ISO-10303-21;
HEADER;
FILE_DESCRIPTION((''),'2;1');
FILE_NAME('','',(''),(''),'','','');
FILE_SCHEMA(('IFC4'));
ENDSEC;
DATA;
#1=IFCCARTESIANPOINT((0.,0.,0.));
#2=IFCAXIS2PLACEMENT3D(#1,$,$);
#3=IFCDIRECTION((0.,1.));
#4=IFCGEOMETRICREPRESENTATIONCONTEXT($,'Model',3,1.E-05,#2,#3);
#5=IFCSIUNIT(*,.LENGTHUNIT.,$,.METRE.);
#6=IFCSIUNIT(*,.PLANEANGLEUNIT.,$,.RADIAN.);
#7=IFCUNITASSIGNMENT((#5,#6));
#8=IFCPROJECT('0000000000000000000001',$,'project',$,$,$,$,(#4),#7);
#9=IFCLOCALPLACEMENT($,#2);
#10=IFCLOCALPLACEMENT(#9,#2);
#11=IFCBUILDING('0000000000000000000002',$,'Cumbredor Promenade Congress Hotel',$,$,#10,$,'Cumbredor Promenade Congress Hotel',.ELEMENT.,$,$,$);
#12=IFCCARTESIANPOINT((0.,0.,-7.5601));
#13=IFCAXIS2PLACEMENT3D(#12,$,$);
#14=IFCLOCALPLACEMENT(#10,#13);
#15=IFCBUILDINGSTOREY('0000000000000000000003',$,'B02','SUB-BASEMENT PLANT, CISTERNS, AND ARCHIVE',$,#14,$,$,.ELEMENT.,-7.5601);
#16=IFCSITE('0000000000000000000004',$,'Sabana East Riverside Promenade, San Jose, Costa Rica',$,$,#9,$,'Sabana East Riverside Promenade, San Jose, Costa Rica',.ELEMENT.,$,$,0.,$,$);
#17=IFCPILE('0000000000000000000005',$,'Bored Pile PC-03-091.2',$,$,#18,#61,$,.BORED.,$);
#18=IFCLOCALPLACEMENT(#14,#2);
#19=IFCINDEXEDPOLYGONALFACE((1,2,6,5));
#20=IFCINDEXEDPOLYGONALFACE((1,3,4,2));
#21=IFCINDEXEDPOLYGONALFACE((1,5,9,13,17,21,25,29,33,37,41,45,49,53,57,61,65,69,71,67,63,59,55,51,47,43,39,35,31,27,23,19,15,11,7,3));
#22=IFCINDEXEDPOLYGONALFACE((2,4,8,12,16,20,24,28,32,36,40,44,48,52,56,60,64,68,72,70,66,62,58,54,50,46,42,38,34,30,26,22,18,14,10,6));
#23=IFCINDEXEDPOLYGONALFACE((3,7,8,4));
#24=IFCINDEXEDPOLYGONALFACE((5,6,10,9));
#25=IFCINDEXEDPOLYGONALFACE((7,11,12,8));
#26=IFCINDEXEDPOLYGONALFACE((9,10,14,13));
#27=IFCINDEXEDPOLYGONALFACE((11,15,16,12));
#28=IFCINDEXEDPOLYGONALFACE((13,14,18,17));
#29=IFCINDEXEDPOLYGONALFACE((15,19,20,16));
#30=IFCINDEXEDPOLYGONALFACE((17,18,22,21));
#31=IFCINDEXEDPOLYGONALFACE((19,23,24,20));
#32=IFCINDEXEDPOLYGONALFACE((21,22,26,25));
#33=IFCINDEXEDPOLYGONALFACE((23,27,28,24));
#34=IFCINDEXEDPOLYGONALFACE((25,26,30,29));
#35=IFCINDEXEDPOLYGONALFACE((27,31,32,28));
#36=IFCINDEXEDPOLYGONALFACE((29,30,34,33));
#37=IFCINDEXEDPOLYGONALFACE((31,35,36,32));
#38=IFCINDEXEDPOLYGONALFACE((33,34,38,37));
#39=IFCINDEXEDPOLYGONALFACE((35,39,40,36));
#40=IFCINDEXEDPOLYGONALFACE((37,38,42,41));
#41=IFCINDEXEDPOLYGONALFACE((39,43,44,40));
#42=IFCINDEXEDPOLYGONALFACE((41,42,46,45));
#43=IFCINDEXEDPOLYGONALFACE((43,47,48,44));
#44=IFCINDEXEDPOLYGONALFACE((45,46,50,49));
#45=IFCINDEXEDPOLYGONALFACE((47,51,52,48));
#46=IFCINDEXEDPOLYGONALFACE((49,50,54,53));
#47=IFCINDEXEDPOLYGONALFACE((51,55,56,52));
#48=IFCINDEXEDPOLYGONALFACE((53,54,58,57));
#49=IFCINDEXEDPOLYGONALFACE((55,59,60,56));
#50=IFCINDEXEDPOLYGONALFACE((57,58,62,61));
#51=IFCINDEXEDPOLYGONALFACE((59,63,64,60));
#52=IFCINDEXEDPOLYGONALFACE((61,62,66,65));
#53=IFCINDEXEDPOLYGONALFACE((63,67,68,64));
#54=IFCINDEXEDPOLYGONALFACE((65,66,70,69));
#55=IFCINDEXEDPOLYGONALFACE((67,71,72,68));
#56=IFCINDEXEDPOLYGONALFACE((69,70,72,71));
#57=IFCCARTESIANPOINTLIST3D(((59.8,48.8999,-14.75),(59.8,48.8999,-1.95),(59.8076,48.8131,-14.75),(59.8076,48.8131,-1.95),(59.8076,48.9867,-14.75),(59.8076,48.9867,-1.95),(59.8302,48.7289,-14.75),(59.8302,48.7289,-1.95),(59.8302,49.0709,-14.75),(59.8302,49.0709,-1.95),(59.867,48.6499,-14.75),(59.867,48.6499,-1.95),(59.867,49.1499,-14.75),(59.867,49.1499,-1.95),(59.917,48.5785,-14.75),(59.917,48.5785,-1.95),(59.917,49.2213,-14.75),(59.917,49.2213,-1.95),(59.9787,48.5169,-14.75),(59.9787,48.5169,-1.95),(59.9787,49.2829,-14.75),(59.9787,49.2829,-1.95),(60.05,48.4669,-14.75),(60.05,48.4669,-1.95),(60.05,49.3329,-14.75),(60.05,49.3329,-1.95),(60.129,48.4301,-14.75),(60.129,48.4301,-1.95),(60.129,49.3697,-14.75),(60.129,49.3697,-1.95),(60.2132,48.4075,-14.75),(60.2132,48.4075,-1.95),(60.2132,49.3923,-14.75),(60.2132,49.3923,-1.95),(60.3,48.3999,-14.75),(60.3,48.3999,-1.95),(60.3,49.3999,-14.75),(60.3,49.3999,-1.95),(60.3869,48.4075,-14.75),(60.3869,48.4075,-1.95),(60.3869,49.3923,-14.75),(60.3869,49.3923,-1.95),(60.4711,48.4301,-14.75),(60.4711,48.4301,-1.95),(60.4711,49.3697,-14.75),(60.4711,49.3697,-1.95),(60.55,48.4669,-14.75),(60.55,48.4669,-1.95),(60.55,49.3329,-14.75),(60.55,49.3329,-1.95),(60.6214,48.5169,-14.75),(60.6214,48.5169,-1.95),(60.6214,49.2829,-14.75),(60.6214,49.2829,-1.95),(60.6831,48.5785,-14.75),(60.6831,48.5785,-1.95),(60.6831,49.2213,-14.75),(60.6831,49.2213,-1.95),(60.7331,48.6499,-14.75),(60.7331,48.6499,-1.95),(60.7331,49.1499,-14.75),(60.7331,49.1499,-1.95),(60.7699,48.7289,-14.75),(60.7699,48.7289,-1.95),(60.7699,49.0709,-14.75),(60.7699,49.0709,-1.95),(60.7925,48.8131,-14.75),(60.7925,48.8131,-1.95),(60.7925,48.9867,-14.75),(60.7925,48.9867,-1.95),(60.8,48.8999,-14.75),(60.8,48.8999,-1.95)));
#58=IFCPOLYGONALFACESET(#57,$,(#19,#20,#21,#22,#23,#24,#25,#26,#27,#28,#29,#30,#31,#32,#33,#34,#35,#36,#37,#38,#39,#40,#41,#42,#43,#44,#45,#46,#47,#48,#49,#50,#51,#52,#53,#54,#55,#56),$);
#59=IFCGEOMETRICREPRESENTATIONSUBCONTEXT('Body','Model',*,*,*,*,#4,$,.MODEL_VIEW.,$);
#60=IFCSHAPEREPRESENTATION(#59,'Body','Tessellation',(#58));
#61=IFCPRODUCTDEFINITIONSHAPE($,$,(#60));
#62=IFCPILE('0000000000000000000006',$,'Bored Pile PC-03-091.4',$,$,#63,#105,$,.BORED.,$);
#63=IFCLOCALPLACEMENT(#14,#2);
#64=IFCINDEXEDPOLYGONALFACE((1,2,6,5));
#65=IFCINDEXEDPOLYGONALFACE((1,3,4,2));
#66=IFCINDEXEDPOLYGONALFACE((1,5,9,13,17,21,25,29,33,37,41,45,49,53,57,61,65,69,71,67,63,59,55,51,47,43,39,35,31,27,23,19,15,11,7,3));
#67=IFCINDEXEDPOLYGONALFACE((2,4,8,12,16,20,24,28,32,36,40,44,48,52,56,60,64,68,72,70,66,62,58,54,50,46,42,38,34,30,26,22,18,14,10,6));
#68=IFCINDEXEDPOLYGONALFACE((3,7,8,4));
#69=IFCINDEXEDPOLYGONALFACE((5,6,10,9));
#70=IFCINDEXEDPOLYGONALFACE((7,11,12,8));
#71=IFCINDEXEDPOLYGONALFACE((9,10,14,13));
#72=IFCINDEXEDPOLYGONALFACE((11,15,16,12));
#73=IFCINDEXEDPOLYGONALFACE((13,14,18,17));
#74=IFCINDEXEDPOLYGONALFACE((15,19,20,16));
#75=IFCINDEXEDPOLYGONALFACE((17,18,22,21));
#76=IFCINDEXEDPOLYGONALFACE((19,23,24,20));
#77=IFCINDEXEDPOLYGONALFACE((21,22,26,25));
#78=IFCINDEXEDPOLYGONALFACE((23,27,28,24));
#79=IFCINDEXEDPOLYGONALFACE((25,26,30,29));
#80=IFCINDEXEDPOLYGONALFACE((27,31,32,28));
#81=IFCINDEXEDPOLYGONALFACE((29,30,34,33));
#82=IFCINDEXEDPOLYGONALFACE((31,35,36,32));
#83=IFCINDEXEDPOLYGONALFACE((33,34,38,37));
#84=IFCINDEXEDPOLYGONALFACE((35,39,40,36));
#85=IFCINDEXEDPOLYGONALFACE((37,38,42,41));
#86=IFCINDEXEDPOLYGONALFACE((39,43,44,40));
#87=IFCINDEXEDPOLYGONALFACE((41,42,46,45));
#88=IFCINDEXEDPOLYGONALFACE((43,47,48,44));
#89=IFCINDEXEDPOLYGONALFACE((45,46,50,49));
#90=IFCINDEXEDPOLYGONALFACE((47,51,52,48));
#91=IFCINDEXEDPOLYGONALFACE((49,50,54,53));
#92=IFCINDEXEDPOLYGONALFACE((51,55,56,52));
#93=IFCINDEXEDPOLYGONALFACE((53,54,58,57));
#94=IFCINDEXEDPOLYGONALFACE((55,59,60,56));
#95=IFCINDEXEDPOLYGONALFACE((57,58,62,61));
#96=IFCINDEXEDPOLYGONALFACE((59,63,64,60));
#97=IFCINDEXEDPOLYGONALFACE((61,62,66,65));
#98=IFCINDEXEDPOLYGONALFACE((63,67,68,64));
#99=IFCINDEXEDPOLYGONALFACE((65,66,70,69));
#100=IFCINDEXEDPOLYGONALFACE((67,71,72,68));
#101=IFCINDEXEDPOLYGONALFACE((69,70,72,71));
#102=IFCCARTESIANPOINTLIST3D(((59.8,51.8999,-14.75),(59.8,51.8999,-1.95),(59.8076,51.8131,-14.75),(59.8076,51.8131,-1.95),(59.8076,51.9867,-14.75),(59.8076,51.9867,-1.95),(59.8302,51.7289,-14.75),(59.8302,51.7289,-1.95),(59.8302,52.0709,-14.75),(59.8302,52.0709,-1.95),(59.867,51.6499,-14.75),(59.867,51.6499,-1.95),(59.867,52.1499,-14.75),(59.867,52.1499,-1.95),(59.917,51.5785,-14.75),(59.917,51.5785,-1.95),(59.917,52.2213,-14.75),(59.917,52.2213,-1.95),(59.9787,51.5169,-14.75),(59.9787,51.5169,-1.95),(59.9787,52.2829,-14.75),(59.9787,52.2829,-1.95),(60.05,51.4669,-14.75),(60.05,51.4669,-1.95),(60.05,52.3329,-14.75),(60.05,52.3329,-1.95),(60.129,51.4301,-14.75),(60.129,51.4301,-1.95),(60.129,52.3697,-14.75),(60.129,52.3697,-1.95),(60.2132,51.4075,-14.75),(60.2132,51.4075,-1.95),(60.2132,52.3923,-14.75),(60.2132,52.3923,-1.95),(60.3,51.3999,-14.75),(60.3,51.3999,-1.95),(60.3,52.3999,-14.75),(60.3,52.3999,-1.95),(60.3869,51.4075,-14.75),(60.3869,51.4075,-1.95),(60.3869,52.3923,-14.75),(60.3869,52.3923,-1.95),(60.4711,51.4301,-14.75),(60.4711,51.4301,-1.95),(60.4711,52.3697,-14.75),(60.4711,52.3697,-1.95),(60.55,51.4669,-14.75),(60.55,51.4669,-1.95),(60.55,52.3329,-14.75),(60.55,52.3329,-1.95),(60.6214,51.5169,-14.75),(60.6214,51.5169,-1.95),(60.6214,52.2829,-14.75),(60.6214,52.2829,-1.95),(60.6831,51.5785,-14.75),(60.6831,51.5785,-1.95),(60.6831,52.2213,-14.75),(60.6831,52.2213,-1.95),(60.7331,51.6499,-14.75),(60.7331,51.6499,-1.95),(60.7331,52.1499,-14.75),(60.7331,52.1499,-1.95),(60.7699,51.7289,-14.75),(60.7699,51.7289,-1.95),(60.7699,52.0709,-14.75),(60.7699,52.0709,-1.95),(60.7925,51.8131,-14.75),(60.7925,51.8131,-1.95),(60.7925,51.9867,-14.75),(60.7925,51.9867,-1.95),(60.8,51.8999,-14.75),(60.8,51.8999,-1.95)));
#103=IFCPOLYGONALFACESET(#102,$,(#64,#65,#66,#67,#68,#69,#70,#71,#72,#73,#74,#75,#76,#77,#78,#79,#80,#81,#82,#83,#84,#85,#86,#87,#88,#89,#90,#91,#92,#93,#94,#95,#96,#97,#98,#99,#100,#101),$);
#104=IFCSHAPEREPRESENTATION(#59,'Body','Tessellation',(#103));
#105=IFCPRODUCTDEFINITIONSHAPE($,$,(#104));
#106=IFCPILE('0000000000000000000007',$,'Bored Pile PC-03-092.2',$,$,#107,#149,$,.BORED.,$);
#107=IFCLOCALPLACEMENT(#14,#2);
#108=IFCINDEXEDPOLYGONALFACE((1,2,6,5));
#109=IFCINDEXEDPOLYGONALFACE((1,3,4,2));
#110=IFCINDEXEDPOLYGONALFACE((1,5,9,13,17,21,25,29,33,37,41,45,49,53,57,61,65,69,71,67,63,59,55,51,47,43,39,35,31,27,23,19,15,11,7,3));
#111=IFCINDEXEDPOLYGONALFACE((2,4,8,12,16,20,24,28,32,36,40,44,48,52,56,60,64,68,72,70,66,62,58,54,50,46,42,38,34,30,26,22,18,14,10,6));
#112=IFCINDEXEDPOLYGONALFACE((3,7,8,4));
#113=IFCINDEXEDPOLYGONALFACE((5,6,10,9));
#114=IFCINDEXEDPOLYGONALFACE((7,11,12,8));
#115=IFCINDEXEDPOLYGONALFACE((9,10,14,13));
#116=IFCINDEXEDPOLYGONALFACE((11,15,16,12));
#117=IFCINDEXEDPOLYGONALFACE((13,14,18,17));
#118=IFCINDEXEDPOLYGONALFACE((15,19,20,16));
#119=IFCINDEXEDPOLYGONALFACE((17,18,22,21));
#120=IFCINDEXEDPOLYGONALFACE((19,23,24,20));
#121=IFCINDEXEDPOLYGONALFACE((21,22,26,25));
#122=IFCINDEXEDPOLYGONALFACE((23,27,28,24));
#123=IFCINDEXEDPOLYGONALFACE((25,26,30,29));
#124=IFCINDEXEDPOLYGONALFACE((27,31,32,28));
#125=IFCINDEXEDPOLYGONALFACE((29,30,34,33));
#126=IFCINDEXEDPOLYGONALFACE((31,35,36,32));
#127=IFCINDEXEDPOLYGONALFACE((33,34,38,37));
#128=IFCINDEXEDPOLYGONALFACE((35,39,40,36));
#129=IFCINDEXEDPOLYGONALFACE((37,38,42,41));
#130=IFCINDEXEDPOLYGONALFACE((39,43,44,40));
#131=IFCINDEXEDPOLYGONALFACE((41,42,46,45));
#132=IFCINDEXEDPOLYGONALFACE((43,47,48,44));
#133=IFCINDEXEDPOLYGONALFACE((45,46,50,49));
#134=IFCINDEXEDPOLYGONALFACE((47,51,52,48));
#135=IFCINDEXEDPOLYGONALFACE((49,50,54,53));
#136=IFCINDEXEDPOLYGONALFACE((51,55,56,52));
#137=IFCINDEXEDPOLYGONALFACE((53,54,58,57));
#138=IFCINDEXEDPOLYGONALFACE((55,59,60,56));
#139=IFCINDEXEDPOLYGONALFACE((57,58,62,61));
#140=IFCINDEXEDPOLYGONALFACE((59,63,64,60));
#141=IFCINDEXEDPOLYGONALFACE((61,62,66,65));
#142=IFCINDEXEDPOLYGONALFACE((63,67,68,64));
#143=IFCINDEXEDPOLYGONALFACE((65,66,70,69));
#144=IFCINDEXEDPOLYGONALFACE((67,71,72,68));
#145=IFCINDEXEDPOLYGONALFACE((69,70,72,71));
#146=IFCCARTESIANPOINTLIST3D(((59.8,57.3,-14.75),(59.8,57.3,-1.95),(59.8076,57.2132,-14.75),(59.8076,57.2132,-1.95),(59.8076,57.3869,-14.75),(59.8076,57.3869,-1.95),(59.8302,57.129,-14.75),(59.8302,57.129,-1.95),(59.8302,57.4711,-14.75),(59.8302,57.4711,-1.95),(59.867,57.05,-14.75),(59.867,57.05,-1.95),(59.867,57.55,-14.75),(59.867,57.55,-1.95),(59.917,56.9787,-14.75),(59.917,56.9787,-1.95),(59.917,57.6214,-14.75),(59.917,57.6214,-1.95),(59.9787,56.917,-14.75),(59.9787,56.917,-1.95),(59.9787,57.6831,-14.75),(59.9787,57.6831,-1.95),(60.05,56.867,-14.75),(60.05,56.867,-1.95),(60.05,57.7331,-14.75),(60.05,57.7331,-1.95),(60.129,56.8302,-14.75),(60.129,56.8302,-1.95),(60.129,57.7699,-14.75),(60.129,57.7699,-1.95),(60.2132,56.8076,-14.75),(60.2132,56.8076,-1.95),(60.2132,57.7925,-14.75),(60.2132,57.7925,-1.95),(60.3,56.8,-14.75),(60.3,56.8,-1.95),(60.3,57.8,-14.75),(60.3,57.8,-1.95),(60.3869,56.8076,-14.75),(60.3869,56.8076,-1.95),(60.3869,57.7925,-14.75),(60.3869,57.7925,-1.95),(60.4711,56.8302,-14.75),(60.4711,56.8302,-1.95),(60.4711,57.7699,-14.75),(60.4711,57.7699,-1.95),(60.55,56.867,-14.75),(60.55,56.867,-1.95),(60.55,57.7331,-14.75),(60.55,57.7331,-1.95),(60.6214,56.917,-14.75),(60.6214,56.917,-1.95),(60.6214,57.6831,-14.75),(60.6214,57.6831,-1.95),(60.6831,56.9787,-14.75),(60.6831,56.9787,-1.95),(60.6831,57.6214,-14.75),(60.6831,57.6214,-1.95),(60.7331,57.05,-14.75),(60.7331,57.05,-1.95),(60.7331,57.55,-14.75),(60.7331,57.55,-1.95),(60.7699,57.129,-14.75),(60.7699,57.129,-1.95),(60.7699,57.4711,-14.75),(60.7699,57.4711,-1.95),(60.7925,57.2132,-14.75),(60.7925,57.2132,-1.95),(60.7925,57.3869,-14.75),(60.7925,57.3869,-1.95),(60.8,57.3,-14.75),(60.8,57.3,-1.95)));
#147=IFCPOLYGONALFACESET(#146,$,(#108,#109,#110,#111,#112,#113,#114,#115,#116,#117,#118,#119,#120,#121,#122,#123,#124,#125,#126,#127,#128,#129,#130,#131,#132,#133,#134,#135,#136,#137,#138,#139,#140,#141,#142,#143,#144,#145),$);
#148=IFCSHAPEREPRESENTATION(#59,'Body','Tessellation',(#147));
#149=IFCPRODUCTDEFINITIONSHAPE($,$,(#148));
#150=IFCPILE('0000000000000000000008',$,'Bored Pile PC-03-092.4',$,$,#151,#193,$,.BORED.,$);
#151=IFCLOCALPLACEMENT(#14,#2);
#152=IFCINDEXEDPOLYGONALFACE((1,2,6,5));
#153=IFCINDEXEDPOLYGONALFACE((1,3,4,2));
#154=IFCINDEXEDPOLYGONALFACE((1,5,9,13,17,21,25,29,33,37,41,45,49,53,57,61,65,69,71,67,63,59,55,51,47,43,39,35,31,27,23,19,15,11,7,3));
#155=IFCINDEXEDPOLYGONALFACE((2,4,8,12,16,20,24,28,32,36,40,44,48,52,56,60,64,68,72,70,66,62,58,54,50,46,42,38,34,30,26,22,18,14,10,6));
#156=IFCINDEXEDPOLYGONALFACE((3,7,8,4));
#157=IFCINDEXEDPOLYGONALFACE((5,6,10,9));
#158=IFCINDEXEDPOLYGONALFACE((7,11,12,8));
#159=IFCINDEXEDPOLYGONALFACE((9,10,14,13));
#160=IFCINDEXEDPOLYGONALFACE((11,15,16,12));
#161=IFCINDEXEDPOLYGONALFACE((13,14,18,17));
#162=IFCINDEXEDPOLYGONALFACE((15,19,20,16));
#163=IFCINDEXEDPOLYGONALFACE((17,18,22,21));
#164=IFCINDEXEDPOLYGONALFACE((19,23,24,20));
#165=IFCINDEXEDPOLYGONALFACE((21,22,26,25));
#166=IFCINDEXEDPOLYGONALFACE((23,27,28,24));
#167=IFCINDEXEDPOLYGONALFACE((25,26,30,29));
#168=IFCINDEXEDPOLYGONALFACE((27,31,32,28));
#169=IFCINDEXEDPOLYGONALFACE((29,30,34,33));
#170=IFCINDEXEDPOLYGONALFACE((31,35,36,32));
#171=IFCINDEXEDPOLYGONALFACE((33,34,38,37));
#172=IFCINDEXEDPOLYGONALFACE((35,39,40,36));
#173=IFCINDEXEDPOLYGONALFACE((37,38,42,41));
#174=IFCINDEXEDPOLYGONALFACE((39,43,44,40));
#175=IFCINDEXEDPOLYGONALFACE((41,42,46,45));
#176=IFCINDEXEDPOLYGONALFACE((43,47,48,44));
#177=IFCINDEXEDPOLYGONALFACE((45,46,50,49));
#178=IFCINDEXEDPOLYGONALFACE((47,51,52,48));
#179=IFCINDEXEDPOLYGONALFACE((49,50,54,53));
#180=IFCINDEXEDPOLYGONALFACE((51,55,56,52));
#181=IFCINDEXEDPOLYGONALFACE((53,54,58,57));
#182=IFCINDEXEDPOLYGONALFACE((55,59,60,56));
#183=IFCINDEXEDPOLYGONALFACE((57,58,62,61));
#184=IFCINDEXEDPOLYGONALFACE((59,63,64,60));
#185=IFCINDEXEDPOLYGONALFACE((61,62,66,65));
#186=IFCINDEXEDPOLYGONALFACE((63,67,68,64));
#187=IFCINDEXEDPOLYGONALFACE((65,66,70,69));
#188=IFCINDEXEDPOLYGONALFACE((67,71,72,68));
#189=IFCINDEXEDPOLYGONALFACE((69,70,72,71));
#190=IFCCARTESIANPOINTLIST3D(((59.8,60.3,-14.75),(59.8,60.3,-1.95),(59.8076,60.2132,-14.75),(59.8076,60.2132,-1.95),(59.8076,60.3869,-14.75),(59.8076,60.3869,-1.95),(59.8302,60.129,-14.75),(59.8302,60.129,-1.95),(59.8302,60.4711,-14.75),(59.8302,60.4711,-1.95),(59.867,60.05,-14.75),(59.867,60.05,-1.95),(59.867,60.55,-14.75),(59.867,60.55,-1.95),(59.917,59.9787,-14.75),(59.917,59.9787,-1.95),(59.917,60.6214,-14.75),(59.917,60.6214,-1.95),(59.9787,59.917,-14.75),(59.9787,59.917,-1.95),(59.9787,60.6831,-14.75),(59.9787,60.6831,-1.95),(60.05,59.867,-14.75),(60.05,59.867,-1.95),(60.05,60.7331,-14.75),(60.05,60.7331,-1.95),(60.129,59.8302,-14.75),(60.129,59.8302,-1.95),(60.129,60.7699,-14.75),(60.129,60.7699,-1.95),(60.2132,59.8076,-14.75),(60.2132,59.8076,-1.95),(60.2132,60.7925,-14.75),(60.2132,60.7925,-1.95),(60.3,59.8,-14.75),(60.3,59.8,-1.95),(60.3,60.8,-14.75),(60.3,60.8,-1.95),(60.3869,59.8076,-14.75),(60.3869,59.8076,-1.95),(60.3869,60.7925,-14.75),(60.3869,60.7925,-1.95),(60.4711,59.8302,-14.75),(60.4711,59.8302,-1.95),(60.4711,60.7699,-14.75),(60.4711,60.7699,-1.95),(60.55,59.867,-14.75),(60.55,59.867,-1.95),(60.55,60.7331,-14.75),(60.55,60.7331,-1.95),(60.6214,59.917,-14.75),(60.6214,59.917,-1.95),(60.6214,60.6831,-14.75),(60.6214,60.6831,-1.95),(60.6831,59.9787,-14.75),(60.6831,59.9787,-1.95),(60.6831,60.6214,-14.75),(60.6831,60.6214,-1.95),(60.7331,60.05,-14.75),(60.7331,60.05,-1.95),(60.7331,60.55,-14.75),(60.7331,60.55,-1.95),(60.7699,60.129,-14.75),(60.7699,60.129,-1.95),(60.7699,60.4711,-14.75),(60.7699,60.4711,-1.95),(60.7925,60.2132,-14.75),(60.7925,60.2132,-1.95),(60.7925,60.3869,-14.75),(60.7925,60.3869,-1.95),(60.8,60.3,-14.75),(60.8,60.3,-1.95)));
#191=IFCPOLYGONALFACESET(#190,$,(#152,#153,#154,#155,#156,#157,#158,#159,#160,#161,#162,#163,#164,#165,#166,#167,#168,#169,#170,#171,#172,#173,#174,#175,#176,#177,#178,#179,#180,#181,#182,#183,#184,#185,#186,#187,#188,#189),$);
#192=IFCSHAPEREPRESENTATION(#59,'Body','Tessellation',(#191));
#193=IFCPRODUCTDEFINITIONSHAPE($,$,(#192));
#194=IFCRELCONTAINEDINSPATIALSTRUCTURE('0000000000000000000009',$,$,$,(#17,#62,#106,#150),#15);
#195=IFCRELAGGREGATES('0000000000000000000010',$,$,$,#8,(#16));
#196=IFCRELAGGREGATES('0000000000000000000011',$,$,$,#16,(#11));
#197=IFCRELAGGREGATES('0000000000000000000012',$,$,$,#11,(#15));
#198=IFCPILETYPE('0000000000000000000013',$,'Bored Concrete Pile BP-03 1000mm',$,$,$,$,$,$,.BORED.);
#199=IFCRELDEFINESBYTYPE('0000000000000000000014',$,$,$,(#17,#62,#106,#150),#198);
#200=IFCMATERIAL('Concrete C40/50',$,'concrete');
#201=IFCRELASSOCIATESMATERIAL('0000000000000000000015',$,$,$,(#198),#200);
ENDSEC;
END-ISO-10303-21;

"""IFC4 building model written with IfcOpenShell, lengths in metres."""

from ifc_helpers import new_model, si_unit, direction, frame, origin, origin_2d, place, context, subcontext, project, spatial, circle, extrude, material, material_profile, profile_set, type_object, element, save


model = new_model("IFC4")

# Units and contexts
model_context = context("Model", 3, precision=1e-05, world=origin(), true_north=direction((0.0, 1.0)))
body_context = subcontext(model_context, "Body", "Model", "MODEL_VIEW")
ifc_project = project(units=[si_unit("LENGTHUNIT", "METRE"), si_unit("PLANEANGLEUNIT", "RADIAN")], contexts=[model_context])

# Site, building, storey
site_placement = place(None, origin())
site = spatial("IfcSite", under=ifc_project, at=site_placement, Name="Sabana East Riverside Promenade, San Jose, Costa Rica", LongName="Sabana East Riverside Promenade, San Jose, Costa Rica", CompositionType="ELEMENT", RefElevation=0.0)
building_placement = place(site_placement, origin())
building = spatial("IfcBuilding", under=site, at=building_placement, Name="Cumbredor Promenade Congress Hotel", LongName="Cumbredor Promenade Congress Hotel", CompositionType="ELEMENT")
storey_placement = place(building_placement, frame((0.0, 0.0, -7.5601)))
storey = spatial("IfcBuildingStorey", under=building, at=storey_placement, Name="B02", Description="SUB-BASEMENT PLANT, CISTERNS, AND ARCHIVE", CompositionType="ELEMENT", Elevation=-7.5601)

# Piles
ifc_material_1 = material(Name="Concrete C40/50", Category="concrete")
ifc_material_profile_1 = material_profile(ifc_material_1, circle(Radius=0.5, at=origin_2d()), Name="PILE D1000")
ifc_profile_set_1 = profile_set([ifc_material_profile_1], Name="Concrete C40/50")
pile_type = type_object("IfcPileType", Name="Bored Concrete Pile BP-03 1000mm", PredefinedType="BORED", material=ifc_profile_set_1)
for number, where, z_axis, x_axis, name in (
    (1, (60.3, 48.8999, -1.95), (0.0, 0.0, -1.0), (1.0, 0.0, 0.0), "Bored Pile PC-03-091.2"),
    (2, (60.3, 51.8999, -1.95), (0.0, 0.0, -1.0), (1.0, 0.0, 0.0), "Bored Pile PC-03-091.4"),
    (3, (60.3, 57.3, -1.95), (0.0, 0.0, -1.0), (1.0, 0.0, 0.0), "Bored Pile PC-03-092.2"),
    (4, (60.3, 60.3, -1.95), (0.0, 0.0, -1.0), (1.0, 0.0, 0.0), "Bored Pile PC-03-092.4"),
):
    element("IfcPile", number, at=place(storey_placement, frame(where, z_axis=z_axis, x_axis=x_axis)), inside=storey, type_object=pile_type, Name=name, PredefinedType="BORED", context=body_context, shape_type="SweptSolid", body=[
        extrude(circle(Radius=0.5, at=origin_2d()), origin(), (0.0, 0.0, 1.0), 12.8),
    ])

save(model, "model.ifc")
